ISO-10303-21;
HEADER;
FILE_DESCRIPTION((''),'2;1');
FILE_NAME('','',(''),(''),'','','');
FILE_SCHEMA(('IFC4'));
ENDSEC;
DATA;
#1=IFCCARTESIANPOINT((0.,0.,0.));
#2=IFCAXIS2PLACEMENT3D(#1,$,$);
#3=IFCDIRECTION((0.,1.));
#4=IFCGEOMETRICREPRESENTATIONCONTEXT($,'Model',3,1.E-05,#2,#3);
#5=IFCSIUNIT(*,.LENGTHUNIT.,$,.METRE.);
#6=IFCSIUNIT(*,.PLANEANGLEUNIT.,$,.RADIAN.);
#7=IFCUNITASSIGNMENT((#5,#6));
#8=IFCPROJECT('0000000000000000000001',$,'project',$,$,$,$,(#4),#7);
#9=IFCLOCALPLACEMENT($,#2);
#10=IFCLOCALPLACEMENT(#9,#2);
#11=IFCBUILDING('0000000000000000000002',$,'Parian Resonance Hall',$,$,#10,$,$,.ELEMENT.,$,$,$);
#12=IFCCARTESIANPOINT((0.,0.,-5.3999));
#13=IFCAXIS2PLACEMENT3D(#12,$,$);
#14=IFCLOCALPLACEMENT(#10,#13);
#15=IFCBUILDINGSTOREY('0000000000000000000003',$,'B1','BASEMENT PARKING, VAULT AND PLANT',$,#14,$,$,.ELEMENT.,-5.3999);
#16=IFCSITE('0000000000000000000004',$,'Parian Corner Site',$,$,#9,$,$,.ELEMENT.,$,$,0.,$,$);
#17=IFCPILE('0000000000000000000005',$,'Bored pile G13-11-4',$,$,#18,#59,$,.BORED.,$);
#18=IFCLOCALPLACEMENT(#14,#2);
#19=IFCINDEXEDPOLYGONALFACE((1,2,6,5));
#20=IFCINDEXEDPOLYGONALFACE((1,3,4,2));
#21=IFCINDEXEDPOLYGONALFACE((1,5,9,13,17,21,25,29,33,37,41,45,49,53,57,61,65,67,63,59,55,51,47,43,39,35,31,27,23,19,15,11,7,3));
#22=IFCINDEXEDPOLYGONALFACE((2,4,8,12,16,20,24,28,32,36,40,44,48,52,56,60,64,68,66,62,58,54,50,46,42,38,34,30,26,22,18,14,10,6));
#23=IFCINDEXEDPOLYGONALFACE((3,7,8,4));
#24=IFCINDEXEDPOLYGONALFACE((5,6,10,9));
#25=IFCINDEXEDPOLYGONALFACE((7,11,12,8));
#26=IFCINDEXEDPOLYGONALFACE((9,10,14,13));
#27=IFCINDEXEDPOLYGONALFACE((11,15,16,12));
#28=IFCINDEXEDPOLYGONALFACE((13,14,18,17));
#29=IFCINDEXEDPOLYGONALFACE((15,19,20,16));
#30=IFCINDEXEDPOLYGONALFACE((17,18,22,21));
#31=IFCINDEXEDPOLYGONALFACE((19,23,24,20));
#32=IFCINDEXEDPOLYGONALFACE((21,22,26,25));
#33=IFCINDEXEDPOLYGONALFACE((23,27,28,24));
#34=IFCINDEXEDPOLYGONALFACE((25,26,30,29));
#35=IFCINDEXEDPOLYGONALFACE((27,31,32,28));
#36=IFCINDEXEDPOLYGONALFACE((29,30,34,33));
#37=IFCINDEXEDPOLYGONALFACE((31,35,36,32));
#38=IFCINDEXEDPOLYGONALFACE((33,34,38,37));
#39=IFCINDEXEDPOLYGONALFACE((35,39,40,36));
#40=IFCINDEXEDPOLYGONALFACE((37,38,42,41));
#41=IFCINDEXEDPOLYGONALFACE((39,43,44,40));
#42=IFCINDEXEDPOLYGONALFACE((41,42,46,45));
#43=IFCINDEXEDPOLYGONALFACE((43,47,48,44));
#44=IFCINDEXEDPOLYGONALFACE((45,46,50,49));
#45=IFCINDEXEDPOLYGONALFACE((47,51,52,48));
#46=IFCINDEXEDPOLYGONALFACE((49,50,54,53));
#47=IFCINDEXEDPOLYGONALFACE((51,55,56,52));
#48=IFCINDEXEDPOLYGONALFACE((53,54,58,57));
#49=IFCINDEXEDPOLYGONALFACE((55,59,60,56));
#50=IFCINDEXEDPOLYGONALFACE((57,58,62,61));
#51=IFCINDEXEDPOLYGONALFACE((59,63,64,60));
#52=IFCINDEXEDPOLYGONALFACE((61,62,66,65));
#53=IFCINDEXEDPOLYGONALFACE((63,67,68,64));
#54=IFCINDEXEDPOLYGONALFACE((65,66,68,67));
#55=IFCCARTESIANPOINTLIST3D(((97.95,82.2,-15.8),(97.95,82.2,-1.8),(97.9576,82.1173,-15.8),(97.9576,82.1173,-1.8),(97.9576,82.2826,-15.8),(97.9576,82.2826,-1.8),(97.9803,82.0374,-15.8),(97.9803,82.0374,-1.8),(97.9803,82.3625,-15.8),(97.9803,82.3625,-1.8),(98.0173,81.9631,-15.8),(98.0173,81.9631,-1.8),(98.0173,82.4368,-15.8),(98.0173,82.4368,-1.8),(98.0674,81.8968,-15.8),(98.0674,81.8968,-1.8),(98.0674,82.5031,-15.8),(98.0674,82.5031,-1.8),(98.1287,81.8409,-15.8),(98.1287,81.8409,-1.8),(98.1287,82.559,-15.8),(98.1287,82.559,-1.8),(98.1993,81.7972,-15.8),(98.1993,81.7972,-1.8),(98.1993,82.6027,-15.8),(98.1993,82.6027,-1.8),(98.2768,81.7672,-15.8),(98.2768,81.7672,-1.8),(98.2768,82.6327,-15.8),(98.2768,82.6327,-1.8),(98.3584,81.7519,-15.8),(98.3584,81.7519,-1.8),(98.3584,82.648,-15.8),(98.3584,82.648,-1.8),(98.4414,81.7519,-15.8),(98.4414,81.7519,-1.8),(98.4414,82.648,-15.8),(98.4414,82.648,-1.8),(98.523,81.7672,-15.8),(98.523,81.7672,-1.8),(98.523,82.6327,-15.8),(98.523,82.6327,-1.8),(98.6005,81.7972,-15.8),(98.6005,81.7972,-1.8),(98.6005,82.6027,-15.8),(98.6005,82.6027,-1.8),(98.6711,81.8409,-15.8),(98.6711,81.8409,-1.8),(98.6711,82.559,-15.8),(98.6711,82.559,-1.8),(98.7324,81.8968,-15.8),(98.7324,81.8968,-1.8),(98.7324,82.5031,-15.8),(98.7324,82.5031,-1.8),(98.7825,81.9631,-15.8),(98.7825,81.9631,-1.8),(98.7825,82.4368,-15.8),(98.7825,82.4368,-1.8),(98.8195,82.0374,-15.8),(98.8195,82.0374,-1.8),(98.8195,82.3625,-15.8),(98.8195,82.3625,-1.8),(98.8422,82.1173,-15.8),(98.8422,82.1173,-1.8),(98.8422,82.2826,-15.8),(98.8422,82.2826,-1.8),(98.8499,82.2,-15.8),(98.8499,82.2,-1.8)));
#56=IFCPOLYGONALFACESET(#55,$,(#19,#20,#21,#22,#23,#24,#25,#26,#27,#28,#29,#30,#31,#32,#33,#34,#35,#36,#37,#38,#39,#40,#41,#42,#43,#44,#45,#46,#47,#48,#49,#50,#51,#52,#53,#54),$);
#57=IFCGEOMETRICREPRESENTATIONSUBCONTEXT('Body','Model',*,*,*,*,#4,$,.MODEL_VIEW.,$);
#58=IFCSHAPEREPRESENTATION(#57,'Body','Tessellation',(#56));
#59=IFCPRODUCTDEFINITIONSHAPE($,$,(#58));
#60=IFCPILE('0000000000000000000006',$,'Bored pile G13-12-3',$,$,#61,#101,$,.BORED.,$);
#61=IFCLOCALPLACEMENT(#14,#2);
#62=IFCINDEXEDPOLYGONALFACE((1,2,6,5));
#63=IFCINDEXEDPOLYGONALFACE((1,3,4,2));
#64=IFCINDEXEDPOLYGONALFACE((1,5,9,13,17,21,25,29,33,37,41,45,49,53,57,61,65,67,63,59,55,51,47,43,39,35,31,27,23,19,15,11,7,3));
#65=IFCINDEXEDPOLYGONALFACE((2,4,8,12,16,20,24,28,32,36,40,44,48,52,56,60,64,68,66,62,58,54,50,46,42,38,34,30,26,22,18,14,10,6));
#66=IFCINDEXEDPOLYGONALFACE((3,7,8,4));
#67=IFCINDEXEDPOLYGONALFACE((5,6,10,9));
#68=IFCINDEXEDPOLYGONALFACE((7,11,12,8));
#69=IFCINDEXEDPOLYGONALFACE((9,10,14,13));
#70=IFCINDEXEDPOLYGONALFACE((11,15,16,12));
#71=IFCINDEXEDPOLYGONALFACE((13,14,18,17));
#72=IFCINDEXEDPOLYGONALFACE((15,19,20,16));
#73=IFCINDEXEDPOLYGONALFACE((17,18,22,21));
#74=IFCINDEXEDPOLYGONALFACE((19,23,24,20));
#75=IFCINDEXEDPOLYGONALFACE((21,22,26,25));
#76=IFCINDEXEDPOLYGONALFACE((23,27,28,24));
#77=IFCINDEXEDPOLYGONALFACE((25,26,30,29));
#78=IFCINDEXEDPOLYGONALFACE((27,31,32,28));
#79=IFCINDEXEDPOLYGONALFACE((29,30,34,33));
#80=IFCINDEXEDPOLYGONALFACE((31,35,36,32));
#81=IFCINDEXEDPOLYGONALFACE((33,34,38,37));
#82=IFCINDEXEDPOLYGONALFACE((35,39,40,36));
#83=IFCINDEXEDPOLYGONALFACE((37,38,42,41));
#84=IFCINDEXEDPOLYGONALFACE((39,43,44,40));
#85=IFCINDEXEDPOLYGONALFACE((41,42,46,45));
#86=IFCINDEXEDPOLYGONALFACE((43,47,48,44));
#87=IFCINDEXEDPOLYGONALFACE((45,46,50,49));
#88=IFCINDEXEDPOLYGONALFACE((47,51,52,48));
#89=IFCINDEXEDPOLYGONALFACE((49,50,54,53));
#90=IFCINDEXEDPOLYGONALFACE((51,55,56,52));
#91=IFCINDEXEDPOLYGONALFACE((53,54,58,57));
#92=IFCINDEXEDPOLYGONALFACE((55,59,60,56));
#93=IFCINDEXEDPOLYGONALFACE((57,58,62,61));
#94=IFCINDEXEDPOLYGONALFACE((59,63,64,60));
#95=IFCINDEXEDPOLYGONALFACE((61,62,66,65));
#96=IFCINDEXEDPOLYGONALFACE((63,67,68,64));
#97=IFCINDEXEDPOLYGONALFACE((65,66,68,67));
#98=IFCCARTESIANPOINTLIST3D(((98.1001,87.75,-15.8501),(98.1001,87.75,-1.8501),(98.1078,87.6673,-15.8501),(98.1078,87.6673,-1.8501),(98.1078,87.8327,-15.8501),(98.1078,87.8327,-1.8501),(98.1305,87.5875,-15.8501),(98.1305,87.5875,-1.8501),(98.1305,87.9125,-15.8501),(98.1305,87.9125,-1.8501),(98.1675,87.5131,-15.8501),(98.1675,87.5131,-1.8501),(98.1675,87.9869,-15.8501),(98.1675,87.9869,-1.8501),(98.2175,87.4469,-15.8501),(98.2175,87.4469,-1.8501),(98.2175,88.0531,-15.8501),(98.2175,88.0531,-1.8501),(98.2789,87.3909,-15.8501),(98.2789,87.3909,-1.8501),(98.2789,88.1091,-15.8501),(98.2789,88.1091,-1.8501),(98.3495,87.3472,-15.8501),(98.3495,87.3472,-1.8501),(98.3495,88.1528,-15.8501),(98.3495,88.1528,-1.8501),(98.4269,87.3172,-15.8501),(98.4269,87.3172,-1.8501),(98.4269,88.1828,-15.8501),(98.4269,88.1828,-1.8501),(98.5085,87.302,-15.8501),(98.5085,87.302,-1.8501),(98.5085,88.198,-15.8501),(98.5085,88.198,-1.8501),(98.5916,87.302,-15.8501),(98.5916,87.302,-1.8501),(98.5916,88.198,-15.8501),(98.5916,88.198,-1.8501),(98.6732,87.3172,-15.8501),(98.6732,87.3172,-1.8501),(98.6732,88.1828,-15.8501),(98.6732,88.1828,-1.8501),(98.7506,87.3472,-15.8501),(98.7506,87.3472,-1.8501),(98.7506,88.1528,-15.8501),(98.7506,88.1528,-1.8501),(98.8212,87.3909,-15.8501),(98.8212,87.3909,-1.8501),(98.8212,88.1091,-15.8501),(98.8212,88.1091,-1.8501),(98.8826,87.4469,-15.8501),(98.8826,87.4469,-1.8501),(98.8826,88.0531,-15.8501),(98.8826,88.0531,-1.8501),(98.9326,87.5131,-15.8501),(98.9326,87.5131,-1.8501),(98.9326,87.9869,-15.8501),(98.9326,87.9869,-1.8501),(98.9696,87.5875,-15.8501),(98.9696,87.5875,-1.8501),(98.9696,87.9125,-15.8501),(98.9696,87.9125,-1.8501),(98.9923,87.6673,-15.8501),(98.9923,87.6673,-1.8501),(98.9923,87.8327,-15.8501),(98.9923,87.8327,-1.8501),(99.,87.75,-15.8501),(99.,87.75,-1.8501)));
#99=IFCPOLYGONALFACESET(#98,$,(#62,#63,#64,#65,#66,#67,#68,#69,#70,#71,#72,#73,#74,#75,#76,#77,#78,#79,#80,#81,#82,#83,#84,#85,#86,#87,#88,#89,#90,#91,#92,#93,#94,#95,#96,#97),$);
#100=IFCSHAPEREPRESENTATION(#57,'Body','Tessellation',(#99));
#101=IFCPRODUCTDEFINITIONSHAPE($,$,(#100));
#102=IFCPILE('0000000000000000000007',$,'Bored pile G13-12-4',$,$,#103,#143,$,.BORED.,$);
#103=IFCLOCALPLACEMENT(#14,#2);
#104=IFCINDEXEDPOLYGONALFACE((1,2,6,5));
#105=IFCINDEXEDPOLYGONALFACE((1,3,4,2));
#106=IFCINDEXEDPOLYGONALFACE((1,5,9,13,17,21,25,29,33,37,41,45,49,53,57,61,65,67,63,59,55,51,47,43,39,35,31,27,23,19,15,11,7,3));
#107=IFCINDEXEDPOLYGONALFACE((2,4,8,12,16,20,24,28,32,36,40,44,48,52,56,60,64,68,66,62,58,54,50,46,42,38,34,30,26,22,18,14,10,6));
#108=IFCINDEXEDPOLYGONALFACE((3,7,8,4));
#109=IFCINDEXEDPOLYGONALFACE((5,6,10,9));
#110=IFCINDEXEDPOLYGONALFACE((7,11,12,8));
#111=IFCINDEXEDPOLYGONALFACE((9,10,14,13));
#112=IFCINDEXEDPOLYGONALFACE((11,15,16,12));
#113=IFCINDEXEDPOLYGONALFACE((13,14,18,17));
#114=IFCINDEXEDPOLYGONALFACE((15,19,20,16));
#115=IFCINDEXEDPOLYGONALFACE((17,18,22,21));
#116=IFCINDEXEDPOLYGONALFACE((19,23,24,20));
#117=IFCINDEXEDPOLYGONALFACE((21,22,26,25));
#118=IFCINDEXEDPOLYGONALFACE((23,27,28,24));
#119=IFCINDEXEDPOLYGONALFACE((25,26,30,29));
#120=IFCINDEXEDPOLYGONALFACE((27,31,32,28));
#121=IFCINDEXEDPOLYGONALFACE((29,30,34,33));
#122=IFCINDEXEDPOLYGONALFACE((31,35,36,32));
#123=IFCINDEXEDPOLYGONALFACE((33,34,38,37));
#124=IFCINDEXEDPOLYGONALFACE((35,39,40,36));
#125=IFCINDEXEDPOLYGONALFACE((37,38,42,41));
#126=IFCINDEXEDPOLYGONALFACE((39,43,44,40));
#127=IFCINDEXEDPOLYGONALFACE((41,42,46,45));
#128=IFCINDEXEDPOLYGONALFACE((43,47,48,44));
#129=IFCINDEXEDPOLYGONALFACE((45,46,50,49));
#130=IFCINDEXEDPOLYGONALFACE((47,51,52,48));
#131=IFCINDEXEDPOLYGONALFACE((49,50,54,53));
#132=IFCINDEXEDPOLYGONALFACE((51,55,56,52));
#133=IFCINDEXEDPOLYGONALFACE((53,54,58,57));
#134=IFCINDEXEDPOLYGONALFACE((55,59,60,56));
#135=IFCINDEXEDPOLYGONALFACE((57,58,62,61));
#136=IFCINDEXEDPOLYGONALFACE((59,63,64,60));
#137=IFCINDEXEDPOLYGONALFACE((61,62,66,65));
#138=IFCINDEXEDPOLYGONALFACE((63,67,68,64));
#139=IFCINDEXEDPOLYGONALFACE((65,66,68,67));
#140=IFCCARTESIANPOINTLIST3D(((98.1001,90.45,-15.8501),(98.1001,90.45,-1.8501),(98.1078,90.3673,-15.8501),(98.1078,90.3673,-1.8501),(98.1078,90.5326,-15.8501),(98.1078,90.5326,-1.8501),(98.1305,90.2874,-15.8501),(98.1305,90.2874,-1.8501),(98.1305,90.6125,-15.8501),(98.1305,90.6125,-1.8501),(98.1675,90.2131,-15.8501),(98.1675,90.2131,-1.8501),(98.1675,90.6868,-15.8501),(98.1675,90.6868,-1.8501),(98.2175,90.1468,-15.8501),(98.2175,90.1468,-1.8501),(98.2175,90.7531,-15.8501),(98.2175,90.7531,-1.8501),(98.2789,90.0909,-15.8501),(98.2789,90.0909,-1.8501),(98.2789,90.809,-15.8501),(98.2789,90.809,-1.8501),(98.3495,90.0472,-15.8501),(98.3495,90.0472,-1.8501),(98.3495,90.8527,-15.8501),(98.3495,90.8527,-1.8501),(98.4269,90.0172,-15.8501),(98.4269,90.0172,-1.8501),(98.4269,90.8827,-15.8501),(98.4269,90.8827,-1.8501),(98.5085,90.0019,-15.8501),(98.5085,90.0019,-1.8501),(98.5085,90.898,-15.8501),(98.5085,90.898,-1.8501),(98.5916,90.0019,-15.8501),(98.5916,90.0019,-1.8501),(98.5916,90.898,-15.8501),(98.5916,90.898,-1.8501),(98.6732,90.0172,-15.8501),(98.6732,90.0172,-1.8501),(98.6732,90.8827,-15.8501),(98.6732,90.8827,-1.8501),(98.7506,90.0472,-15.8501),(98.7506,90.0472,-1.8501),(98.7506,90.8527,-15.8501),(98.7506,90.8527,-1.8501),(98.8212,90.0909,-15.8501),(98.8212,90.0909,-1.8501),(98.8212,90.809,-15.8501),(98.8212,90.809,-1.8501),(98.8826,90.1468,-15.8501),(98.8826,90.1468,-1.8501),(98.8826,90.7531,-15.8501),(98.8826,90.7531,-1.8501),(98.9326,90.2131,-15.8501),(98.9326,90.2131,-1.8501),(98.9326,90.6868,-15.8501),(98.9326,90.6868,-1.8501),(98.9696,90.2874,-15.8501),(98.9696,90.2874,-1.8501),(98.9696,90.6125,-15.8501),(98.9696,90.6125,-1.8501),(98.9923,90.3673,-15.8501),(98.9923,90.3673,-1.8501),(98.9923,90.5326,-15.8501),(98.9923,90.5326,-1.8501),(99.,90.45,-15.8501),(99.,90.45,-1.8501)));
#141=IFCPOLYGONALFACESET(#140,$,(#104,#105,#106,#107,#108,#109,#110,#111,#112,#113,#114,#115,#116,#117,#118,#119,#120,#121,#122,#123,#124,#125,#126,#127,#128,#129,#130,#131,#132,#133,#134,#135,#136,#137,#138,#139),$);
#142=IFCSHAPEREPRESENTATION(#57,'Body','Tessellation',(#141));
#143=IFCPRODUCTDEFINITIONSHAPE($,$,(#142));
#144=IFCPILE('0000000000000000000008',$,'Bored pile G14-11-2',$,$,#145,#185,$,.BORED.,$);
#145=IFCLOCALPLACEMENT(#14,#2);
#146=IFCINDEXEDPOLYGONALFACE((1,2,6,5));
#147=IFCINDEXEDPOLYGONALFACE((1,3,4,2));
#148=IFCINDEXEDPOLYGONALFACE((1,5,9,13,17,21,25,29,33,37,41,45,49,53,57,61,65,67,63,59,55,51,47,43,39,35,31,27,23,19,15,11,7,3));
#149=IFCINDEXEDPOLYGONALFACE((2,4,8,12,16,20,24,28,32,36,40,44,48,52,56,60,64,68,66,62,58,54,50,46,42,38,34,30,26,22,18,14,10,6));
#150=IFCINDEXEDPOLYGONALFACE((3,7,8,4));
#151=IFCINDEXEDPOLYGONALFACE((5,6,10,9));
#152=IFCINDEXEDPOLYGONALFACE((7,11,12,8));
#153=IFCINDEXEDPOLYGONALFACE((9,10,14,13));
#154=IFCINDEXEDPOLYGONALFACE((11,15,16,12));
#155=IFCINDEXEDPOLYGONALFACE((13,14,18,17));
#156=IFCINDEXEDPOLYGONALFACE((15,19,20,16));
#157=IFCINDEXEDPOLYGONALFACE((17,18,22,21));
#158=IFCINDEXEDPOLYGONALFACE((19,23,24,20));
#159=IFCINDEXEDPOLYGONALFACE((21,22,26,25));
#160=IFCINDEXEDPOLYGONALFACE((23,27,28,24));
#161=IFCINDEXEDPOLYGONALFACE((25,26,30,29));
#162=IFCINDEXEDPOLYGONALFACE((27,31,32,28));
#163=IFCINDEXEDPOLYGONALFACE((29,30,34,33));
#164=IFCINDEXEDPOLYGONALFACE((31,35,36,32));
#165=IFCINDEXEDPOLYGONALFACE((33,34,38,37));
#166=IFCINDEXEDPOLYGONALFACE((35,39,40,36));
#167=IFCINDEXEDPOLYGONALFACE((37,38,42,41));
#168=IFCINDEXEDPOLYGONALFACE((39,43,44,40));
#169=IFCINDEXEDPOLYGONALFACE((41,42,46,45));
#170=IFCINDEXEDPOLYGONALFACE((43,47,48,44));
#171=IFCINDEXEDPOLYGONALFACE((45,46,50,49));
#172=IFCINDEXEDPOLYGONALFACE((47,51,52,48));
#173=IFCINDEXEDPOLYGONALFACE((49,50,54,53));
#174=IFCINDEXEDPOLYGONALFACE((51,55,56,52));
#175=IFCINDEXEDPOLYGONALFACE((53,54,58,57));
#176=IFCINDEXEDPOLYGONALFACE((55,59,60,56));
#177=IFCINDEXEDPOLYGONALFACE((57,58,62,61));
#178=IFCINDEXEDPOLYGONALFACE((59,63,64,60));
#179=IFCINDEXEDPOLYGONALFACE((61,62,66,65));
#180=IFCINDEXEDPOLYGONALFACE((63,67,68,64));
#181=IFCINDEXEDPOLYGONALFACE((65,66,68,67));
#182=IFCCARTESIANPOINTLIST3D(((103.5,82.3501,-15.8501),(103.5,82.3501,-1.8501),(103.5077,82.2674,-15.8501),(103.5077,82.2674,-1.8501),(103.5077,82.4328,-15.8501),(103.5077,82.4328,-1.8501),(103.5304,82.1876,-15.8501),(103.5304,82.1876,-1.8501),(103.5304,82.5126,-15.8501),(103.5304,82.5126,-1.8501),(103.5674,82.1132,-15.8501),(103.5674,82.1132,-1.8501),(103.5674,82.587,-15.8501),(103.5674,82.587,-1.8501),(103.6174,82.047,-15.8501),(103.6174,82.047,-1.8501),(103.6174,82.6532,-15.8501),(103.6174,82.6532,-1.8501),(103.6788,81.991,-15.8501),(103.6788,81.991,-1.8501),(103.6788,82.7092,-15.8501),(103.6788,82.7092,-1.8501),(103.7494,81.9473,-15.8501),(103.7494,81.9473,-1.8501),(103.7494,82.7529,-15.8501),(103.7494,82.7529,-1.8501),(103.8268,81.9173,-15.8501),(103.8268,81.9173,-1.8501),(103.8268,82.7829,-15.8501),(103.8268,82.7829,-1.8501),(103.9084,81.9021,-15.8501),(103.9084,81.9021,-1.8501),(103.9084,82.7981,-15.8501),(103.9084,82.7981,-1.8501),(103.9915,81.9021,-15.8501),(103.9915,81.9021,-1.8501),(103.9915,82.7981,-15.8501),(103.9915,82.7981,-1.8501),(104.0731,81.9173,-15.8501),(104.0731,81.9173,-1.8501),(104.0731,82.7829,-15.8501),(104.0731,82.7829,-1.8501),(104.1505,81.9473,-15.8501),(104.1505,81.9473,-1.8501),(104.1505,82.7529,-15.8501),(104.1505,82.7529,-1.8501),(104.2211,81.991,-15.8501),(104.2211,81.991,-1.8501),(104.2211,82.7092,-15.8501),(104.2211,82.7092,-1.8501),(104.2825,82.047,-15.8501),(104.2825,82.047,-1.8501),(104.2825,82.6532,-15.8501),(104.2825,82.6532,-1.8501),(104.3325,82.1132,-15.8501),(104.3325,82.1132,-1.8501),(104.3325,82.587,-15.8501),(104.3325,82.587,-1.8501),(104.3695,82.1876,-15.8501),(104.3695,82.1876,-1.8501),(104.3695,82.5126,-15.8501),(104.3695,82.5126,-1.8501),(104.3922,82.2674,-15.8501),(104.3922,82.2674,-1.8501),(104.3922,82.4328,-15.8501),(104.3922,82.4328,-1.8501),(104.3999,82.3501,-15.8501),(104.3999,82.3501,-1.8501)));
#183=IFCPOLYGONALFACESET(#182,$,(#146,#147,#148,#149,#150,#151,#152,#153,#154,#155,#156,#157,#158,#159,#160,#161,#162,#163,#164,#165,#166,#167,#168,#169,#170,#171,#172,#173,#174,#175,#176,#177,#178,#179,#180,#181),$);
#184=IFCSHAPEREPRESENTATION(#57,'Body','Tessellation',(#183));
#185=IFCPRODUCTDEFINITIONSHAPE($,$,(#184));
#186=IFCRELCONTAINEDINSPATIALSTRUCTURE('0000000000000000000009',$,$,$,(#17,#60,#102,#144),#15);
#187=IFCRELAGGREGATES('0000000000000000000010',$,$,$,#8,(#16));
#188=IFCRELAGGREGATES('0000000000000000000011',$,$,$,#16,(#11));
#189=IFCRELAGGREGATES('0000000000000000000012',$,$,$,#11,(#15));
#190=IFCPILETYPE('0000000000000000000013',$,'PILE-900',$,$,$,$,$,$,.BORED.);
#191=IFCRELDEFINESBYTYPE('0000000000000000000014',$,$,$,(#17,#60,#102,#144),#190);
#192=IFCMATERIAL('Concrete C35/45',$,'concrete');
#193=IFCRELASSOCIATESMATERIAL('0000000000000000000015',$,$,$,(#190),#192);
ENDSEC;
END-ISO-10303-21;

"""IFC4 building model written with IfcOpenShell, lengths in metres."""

from ifc_helpers import new_model, si_unit, direction, frame, origin, origin_2d, place, context, subcontext, project, spatial, circle, extrude, material, material_profile, profile_set, type_object, element, save


model = new_model("IFC4")

# Units and contexts
model_context = context("Model", 3, precision=1e-05, world=origin(), true_north=direction((0.0, 1.0)))
body_context = subcontext(model_context, "Body", "Model", "MODEL_VIEW")
ifc_project = project(units=[si_unit("LENGTHUNIT", "METRE"), si_unit("PLANEANGLEUNIT", "RADIAN")], contexts=[model_context])

# Site, building, storey
site_placement = place(None, origin())
site = spatial("IfcSite", under=ifc_project, at=site_placement, Name="Parian Corner Site", CompositionType="ELEMENT", RefElevation=0.0)
building_placement = place(site_placement, origin())
building = spatial("IfcBuilding", under=site, at=building_placement, Name="Parian Resonance Hall", CompositionType="ELEMENT")
storey_placement = place(building_placement, frame((0.0, 0.0, -5.3999)))
storey = spatial("IfcBuildingStorey", under=building, at=storey_placement, Name="B1", Description="BASEMENT PARKING, VAULT AND PLANT", CompositionType="ELEMENT", Elevation=-5.3999)

# Piles
ifc_material_1 = material(Name="Concrete C35/45", Category="concrete")
ifc_material_profile_1 = material_profile(ifc_material_1, circle(Radius=0.45, at=origin_2d()), Name="PILE-D900")
ifc_profile_set_1 = profile_set([ifc_material_profile_1], Name="Concrete C35/45")
pile_type_1 = type_object("IfcPileType", Name="PILE-900", PredefinedType="BORED", material=ifc_profile_set_1)
for number, where, z_axis, x_axis, name in (
    (1, (98.3999, 82.2, -1.8), (0.0, 0.0, -1.0), (1.0, 0.0, 0.0), "Bored pile G13-11-4"),
    (2, (98.55, 87.75, -1.8501), (0.0, 0.0, -1.0), (1.0, 0.0, 0.0), "Bored pile G13-12-3"),
    (3, (98.55, 90.45, -1.8501), (0.0, 0.0, -1.0), (1.0, 0.0, 0.0), "Bored pile G13-12-4"),
    (4, (103.95, 82.3501, -1.8501), (0.0, 0.0, -1.0), (1.0, 0.0, 0.0), "Bored pile G14-11-2"),
):
    element("IfcPile", number, at=place(storey_placement, frame(where, z_axis=z_axis, x_axis=x_axis)), inside=storey, type_object=pile_type_1, Name=name, PredefinedType="BORED", context=body_context, shape_type="SweptSolid", body=[
        extrude(circle(Radius=0.45, at=origin_2d()), origin(), (0.0, 0.0, 1.0), 14.0),
    ])

save(model, "model.ifc")
